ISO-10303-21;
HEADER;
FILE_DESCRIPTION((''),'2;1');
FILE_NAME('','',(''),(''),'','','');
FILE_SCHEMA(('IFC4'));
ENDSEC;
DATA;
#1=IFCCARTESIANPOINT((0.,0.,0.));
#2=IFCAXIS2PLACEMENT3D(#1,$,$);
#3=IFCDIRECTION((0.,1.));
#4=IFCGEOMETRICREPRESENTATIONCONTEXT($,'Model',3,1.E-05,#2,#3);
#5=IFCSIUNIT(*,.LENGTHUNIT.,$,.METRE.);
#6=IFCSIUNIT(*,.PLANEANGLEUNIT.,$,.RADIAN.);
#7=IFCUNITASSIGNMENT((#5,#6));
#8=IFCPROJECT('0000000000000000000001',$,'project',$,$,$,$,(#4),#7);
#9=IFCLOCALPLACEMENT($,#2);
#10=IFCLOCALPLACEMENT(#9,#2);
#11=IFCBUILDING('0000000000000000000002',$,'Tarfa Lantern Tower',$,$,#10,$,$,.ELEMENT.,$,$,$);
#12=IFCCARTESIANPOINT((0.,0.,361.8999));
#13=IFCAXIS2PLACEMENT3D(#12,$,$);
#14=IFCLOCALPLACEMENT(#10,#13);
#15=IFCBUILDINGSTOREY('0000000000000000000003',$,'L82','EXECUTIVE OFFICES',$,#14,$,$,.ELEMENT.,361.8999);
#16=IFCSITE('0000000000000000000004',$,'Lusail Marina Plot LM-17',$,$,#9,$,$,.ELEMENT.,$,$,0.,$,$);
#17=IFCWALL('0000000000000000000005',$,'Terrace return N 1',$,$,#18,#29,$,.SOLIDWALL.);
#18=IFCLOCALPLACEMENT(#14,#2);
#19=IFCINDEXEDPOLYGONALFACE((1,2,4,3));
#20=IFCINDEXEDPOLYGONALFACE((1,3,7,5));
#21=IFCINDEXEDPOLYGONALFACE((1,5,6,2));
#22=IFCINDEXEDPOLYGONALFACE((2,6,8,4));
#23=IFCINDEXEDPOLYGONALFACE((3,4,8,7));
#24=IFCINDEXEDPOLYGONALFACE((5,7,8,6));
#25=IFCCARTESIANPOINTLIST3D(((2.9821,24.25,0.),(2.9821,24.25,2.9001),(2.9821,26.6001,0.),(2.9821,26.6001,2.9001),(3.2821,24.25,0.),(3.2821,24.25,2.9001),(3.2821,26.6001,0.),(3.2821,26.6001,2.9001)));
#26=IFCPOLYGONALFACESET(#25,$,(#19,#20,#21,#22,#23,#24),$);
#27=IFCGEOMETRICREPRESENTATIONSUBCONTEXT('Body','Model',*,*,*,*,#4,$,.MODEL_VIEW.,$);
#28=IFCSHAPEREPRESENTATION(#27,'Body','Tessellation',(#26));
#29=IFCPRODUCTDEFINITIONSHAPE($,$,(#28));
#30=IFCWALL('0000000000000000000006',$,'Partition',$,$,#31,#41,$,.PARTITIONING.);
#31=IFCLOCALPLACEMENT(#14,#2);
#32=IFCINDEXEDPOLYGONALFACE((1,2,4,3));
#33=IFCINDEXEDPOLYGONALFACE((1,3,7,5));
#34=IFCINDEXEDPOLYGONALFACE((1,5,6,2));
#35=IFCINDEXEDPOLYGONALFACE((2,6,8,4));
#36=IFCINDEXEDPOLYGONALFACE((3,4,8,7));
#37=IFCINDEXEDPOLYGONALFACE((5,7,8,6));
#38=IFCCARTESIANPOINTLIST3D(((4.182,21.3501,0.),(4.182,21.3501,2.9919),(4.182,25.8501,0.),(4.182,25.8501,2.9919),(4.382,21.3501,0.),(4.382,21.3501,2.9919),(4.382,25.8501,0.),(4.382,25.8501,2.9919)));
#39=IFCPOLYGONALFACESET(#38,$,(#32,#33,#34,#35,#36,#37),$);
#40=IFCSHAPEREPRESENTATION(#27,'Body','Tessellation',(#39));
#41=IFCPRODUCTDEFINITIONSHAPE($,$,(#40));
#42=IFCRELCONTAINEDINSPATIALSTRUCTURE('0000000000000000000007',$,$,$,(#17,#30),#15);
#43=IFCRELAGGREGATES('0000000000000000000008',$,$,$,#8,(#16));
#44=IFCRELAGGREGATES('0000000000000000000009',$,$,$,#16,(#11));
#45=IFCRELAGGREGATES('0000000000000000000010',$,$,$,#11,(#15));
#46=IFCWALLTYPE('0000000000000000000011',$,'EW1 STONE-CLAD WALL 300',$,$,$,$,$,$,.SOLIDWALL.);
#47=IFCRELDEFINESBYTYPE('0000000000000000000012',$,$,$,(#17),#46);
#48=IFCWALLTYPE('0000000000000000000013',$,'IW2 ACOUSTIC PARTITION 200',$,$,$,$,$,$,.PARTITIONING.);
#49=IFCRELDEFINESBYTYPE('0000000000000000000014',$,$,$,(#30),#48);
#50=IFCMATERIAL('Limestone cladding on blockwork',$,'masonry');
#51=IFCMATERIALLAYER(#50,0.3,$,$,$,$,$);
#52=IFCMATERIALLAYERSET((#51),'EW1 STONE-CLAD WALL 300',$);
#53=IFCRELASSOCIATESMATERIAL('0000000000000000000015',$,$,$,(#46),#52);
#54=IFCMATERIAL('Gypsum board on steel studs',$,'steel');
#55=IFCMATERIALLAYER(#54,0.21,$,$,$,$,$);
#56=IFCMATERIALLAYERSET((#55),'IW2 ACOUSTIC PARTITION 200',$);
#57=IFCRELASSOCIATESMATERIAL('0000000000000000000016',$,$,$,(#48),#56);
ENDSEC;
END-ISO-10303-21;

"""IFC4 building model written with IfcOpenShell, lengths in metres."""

from ifc_helpers import new_model, si_unit, direction, frame, frame_2d, origin, place, context, subcontext, project, spatial, rectangle, extrude, material, layer, layer_set, type_object, element, save


model = new_model("IFC4")

# Units and contexts
model_context = context("Model", 3, precision=1e-05, world=origin(), true_north=direction((0.0, 1.0)))
body_context = subcontext(model_context, "Body", "Model", "MODEL_VIEW")
ifc_project = project(units=[si_unit("LENGTHUNIT", "METRE"), si_unit("PLANEANGLEUNIT", "RADIAN")], contexts=[model_context])

# Site, building, storey
site_placement = place(None, origin())
site = spatial("IfcSite", under=ifc_project, at=site_placement, Name="Lusail Marina Plot LM-17", CompositionType="ELEMENT", RefElevation=0.0)
building_placement = place(site_placement, origin())
building = spatial("IfcBuilding", under=site, at=building_placement, Name="Tarfa Lantern Tower", CompositionType="ELEMENT")
storey_placement = place(building_placement, frame((0.0, 0.0, 361.8999)))
storey = spatial("IfcBuildingStorey", under=building, at=storey_placement, Name="L82", Description="EXECUTIVE OFFICES", CompositionType="ELEMENT", Elevation=361.8999)

# Shared definitions
ifc_material_1 = material(Name="Limestone cladding on blockwork", Category="masonry")
ifc_layer_1 = layer(ifc_material_1, 0.3)
ifc_layer_set_1 = layer_set([ifc_layer_1], Name="EW1 STONE-CLAD WALL 300")
wall_type_1 = type_object("IfcWallType", Name="EW1 STONE-CLAD WALL 300", PredefinedType="SOLIDWALL", material=ifc_layer_set_1)

# Wall
wall_1_placement = place(storey_placement, frame((3.1321, 26.6001, 0.0), z_axis=(0.0, 0.0, 1.0), x_axis=(0.0, -1.0, 0.0)))
element("IfcWall", 1, at=wall_1_placement, inside=storey, type_object=wall_type_1, Name="Terrace return N 1", PredefinedType="SOLIDWALL", context=body_context, shape_type="SweptSolid", body=[
    extrude(rectangle(XDim=2.3501, YDim=0.3, at=frame_2d((1.175, 0.0))), origin(), (0.0, 0.0, 1.0), 2.9001),
])

# Shared definitions
ifc_material_2 = material(Name="Gypsum board on steel studs", Category="steel")
ifc_layer_2 = layer(ifc_material_2, 0.21)
ifc_layer_set_2 = layer_set([ifc_layer_2], Name="IW2 ACOUSTIC PARTITION 200")
wall_type_2 = type_object("IfcWallType", Name="IW2 ACOUSTIC PARTITION 200", PredefinedType="PARTITIONING", material=ifc_layer_set_2)

# Wall
wall_2_placement = place(storey_placement, frame((4.282, 21.3501, 0.0), z_axis=(0.0, 0.0, 1.0), x_axis=(0.0, 1.0, 0.0)))
element("IfcWall", 2, at=wall_2_placement, inside=storey, type_object=wall_type_2, Name="Partition", PredefinedType="PARTITIONING", context=body_context, shape_type="SweptSolid", body=[
    extrude(rectangle(XDim=4.5, YDim=0.2, at=frame_2d((2.25, 0.0))), origin(), (0.0, 0.0, 1.0), 2.9919),
])

save(model, "model.ifc")
